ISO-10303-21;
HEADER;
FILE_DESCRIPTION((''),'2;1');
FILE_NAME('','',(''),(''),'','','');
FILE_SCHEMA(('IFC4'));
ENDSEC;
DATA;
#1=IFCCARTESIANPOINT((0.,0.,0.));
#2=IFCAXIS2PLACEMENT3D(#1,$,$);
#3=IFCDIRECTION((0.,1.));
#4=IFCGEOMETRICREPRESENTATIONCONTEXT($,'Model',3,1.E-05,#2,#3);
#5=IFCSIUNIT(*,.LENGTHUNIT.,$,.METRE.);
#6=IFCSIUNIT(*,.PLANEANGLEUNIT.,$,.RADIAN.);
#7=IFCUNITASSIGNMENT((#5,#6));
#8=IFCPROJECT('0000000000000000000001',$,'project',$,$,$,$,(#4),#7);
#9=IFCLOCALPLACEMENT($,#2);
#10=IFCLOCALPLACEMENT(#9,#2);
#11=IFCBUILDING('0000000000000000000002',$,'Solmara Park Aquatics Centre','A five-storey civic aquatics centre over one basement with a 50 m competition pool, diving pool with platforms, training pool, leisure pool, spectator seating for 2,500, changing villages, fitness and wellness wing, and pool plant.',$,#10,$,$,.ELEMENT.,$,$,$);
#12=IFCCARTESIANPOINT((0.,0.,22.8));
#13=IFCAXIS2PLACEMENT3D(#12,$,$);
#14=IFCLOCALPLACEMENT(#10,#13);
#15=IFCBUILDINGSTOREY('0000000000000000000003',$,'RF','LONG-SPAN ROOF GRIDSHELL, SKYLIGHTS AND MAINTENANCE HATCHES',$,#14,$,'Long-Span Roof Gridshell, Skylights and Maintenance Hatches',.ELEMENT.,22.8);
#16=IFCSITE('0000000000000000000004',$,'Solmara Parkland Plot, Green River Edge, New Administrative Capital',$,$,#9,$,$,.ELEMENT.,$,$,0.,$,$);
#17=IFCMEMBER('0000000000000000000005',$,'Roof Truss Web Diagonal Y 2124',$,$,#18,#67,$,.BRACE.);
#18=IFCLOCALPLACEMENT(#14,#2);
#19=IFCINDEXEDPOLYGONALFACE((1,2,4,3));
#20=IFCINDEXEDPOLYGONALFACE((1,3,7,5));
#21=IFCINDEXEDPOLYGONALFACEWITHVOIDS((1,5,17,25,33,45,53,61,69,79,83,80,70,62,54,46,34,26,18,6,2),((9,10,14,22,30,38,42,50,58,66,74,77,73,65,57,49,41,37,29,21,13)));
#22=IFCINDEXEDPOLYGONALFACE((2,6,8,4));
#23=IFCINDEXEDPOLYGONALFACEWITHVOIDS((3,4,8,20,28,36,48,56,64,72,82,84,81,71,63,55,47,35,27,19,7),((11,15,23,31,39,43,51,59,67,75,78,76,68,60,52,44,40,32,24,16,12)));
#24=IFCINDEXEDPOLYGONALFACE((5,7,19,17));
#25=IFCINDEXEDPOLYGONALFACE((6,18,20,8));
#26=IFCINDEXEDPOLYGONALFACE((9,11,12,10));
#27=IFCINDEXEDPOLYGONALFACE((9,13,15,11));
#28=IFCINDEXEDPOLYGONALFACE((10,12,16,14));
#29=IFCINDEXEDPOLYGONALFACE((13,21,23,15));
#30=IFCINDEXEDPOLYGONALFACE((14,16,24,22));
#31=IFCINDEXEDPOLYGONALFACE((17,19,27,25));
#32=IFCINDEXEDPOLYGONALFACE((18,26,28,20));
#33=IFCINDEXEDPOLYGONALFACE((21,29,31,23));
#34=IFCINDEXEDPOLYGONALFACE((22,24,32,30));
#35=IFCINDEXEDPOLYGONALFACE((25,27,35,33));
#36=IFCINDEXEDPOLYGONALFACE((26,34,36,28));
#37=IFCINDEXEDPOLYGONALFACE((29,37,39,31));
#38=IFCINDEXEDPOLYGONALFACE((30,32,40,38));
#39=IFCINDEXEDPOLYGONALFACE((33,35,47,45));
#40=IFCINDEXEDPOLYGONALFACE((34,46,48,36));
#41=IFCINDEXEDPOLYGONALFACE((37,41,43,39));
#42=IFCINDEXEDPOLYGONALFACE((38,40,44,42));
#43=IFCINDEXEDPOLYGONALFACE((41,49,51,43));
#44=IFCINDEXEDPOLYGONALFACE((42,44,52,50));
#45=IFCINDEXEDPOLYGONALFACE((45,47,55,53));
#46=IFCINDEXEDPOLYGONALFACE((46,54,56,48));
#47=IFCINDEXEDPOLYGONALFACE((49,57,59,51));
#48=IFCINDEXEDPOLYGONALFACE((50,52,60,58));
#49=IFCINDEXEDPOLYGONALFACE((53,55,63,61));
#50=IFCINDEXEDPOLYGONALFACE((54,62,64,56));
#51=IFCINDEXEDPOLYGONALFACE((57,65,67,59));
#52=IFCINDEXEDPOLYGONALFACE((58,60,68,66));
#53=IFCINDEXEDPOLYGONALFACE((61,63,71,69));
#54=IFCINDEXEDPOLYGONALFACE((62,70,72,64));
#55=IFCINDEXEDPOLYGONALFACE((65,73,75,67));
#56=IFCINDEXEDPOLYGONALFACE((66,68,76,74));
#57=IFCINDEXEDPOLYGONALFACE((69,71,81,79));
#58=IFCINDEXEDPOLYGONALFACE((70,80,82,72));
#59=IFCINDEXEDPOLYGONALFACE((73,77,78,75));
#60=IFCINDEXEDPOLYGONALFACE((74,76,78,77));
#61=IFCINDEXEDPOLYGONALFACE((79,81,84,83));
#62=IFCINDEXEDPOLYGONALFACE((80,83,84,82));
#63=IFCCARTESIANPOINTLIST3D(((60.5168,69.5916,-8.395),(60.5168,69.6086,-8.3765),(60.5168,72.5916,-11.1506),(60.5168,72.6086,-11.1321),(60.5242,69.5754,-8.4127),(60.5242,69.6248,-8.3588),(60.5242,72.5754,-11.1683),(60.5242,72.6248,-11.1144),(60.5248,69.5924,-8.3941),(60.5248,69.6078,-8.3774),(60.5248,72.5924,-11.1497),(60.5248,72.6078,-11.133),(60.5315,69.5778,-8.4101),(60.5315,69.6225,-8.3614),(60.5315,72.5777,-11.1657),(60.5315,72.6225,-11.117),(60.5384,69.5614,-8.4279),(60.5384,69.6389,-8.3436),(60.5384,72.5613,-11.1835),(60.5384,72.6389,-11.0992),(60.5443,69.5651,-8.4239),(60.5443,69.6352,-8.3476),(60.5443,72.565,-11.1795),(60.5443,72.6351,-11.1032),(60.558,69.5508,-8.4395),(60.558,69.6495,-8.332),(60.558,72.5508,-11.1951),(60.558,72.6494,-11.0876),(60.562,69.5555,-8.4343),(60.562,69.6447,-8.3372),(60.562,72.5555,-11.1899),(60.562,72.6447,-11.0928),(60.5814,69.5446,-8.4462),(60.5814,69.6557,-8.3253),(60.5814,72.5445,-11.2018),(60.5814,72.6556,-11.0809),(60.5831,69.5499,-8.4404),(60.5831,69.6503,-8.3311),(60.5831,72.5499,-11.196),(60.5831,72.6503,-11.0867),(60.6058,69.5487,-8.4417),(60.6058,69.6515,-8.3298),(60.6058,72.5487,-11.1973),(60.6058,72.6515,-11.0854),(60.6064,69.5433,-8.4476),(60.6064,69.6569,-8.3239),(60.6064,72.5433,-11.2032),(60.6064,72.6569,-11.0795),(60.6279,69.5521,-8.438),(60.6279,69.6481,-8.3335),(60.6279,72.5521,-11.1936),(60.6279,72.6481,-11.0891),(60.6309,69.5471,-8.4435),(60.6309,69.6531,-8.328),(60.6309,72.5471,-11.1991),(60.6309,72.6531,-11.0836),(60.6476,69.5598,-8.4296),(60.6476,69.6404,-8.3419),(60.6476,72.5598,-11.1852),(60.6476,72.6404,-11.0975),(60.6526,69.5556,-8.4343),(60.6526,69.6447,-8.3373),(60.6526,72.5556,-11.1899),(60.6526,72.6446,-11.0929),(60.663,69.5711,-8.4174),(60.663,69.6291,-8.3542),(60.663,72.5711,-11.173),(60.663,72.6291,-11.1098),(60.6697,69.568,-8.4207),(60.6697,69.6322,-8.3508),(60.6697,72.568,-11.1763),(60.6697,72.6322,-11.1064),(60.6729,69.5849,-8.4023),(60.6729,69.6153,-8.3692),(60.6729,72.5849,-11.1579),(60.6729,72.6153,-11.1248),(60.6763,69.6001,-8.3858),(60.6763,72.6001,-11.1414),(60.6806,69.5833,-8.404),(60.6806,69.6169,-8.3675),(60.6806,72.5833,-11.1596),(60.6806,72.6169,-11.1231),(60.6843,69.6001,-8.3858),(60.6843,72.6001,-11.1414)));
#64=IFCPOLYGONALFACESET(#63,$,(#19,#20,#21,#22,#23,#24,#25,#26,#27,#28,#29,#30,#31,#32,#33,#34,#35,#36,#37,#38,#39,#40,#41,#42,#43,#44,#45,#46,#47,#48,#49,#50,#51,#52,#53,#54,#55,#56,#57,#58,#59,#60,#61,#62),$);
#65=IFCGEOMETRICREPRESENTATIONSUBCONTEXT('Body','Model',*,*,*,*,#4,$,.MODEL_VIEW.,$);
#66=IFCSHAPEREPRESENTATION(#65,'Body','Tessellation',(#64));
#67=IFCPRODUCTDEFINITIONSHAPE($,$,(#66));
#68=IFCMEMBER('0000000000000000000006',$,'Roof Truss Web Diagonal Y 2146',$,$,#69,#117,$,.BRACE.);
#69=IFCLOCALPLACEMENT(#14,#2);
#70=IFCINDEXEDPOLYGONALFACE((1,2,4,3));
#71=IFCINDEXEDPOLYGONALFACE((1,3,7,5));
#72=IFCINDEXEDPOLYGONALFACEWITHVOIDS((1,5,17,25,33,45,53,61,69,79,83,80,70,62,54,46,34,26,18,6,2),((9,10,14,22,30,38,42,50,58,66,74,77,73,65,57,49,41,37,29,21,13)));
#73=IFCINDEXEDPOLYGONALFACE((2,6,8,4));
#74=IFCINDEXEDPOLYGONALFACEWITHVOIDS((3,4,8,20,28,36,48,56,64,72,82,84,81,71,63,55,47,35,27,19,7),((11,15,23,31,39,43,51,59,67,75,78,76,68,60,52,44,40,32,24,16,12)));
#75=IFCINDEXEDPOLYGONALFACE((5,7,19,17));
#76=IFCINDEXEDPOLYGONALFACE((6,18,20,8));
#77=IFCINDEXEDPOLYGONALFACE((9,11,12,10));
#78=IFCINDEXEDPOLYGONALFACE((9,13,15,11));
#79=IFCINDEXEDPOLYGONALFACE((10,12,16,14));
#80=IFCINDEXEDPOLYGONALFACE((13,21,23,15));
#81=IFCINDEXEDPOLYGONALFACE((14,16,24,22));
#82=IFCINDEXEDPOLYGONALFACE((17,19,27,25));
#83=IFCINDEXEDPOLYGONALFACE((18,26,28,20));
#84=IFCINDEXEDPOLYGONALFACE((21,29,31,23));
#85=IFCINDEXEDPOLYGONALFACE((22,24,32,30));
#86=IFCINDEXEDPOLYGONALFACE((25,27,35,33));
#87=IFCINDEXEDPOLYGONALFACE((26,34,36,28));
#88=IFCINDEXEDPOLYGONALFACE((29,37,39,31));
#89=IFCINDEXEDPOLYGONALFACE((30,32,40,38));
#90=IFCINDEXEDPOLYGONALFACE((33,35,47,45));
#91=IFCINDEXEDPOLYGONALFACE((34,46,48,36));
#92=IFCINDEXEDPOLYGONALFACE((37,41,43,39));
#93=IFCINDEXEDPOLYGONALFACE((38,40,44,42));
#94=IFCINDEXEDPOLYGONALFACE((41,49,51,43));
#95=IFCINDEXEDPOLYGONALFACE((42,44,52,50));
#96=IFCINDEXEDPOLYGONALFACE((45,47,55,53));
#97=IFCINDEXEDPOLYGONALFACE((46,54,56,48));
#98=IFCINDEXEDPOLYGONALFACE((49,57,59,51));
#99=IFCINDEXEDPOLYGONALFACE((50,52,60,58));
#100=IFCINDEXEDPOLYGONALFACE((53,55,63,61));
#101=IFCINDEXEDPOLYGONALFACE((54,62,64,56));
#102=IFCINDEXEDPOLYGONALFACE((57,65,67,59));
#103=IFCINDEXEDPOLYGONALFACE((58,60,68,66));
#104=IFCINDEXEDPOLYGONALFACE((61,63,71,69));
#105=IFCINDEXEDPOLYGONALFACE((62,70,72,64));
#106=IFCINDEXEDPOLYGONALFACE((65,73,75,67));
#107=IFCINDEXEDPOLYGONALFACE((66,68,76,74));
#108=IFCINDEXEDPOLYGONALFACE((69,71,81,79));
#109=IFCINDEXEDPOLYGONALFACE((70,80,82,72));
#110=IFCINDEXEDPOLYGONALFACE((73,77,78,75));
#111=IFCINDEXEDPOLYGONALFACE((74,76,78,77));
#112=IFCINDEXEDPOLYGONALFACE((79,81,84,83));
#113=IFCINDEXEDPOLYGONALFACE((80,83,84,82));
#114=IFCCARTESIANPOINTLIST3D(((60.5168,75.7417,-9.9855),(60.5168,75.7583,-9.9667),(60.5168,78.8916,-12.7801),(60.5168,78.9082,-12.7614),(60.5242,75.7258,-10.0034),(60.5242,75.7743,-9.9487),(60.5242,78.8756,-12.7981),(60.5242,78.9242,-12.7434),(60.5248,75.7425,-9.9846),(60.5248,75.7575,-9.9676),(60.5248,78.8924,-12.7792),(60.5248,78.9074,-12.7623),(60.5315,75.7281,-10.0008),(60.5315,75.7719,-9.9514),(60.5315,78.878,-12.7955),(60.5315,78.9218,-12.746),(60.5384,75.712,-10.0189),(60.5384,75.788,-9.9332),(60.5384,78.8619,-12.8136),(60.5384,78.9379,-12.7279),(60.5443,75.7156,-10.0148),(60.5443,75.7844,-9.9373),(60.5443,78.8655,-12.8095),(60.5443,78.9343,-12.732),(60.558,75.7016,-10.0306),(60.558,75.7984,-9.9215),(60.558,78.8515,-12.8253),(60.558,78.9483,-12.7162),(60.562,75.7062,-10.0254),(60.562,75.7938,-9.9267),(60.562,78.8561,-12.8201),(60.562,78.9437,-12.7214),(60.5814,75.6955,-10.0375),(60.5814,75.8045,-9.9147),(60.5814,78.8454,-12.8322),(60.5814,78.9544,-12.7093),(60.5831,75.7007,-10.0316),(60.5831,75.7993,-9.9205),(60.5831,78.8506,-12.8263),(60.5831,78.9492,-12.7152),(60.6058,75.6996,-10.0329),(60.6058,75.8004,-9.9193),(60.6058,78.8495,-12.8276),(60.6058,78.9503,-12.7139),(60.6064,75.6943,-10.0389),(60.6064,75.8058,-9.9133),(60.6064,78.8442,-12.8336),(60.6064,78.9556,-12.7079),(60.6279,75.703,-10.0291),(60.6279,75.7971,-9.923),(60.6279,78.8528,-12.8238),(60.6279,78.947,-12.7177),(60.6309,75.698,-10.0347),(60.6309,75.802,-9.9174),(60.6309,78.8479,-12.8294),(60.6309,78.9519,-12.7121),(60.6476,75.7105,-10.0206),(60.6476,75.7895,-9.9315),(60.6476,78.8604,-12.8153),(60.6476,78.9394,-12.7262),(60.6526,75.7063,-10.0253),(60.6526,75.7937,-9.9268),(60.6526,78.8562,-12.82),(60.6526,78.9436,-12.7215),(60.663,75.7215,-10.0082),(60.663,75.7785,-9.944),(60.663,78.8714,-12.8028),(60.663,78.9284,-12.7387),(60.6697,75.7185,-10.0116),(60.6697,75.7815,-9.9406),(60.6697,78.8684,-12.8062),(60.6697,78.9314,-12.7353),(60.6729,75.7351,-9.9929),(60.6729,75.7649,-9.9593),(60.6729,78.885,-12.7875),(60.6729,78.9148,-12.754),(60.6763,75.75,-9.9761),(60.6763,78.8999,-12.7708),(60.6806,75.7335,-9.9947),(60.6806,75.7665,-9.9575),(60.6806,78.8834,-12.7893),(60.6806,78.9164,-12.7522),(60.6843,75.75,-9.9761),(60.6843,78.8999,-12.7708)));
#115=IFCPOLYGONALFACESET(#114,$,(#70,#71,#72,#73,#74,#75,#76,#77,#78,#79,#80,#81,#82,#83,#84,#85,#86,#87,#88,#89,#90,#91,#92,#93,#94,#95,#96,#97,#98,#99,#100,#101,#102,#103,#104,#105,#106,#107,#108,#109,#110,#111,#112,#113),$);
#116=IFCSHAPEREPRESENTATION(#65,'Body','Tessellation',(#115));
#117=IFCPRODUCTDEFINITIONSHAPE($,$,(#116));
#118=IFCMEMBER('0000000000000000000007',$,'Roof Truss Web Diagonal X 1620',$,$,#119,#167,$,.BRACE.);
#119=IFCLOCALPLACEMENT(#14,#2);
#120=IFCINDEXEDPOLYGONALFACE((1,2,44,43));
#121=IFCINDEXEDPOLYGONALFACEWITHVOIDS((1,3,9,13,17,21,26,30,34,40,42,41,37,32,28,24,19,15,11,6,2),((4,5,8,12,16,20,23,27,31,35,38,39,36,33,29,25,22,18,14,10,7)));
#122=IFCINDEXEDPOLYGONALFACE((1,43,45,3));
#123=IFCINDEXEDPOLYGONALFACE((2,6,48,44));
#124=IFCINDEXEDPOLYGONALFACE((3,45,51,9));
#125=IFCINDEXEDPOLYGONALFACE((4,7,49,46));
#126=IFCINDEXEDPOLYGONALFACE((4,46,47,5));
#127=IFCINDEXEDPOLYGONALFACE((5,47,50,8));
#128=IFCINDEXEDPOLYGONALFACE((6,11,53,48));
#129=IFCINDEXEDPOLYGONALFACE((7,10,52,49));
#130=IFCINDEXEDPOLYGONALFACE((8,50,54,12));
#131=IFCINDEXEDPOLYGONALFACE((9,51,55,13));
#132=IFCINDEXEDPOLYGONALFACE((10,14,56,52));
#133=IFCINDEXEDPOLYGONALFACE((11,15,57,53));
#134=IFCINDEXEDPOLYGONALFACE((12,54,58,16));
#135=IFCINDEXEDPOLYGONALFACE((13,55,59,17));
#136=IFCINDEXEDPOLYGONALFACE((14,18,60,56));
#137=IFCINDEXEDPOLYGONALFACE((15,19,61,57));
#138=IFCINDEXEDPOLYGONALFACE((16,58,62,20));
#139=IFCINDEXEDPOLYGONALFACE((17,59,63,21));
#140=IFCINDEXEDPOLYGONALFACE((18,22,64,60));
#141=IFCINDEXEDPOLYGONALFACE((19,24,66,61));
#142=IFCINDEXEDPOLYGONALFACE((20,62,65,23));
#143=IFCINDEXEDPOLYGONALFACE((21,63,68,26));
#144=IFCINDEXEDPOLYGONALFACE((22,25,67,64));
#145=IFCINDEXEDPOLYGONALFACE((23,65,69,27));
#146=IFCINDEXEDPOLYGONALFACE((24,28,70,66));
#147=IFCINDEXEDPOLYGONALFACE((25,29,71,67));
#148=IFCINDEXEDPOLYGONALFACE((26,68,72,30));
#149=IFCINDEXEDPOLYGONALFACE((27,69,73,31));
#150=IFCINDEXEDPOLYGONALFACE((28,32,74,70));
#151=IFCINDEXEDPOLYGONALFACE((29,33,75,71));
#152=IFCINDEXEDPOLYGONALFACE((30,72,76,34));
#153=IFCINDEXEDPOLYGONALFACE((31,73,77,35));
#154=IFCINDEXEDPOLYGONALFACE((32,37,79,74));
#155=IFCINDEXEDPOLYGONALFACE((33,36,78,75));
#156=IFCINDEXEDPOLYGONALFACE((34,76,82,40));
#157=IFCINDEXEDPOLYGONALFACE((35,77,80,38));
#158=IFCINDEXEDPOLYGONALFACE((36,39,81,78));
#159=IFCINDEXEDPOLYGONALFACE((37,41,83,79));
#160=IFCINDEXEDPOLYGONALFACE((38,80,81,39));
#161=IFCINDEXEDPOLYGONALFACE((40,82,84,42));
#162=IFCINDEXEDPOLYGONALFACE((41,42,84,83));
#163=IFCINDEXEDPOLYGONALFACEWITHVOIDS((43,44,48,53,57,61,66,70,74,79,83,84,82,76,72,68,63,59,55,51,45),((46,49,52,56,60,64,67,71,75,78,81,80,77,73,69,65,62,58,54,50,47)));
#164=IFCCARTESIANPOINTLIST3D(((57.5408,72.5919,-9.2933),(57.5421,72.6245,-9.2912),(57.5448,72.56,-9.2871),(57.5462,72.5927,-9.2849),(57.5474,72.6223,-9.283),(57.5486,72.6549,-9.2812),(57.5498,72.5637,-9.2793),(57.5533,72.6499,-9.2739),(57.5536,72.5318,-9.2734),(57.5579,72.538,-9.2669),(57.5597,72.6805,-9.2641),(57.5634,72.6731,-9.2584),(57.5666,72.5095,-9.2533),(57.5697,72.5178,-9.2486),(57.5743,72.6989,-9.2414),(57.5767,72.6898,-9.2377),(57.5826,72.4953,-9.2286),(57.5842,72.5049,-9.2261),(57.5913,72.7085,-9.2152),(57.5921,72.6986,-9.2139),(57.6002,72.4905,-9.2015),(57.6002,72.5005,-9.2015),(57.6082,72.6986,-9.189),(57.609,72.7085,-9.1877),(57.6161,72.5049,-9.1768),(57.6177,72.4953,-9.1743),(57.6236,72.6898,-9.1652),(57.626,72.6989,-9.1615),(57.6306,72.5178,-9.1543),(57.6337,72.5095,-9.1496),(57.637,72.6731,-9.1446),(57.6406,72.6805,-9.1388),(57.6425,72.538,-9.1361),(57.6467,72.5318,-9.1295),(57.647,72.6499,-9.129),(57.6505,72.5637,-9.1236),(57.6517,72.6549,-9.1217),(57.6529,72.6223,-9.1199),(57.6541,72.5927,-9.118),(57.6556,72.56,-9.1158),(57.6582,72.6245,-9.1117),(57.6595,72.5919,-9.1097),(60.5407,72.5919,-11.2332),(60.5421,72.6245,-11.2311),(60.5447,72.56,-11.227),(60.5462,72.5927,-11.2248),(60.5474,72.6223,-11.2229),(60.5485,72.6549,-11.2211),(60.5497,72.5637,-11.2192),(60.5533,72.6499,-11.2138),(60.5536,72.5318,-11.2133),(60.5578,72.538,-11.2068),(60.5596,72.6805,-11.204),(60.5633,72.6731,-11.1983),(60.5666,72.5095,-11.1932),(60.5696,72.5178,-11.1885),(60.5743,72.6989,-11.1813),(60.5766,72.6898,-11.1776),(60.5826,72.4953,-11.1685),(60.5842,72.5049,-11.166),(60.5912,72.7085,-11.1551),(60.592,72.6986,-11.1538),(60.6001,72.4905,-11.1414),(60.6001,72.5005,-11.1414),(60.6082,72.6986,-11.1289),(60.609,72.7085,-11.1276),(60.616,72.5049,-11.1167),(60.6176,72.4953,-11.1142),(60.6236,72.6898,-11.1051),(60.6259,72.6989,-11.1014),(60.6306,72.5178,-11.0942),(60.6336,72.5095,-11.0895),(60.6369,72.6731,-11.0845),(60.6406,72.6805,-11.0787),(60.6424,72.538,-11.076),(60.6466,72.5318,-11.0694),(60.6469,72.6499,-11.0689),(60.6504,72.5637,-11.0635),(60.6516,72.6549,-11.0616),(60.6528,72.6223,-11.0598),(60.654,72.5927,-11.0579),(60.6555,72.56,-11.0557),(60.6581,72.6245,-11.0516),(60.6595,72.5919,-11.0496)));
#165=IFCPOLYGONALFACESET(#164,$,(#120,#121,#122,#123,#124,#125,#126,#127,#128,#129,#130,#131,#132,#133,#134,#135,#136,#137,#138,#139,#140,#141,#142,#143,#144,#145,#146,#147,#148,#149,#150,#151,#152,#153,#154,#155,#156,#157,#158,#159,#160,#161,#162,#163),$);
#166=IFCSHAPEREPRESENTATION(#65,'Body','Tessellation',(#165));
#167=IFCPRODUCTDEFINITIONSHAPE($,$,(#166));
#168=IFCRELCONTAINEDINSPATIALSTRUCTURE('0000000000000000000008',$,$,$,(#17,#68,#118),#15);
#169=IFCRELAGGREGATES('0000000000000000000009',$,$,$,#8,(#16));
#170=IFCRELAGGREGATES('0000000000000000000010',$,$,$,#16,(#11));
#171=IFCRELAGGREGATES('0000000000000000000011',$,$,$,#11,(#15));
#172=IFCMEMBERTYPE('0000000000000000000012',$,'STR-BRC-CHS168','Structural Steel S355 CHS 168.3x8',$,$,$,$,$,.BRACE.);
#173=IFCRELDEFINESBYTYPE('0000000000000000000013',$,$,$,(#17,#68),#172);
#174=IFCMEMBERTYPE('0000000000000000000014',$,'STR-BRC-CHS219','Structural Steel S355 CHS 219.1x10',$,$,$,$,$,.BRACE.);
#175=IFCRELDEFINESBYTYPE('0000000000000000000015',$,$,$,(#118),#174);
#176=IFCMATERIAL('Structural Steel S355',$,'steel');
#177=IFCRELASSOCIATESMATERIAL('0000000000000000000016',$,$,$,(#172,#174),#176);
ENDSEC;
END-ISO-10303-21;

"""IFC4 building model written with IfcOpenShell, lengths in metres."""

from ifc_helpers import new_model, si_unit, direction, frame, origin, origin_2d, place, context, subcontext, project, spatial, hollow_circle, extrude, material, material_profile, profile_set, type_object, element, save


model = new_model("IFC4")

# Units and contexts
model_context = context("Model", 3, precision=1e-05, world=origin(), true_north=direction((0.0, 1.0)))
body_context = subcontext(model_context, "Body", "Model", "MODEL_VIEW")
ifc_project = project(units=[si_unit("LENGTHUNIT", "METRE"), si_unit("PLANEANGLEUNIT", "RADIAN")], contexts=[model_context])

# Site, building, storey
site_placement = place(None, origin())
site = spatial("IfcSite", under=ifc_project, at=site_placement, Name="Solmara Parkland Plot, Green River Edge, New Administrative Capital", CompositionType="ELEMENT", RefElevation=0.0)
building_placement = place(site_placement, origin())
building = spatial("IfcBuilding", under=site, at=building_placement, Name="Solmara Park Aquatics Centre", Description="A five-storey civic aquatics centre over one basement with a 50 m competition pool, diving pool with platforms, training pool, leisure pool, spectator seating for 2,500, changing villages, fitness and wellness wing, and pool plant.", CompositionType="ELEMENT")
storey_placement = place(building_placement, frame((0.0, 0.0, 22.8)))
storey = spatial("IfcBuildingStorey", under=building, at=storey_placement, Name="RF", Description="LONG-SPAN ROOF GRIDSHELL, SKYLIGHTS AND MAINTENANCE HATCHES", LongName="Long-Span Roof Gridshell, Skylights and Maintenance Hatches", CompositionType="ELEMENT", Elevation=22.8)

# Members
ifc_material_1 = material(Name="Structural Steel S355", Category="steel")
ifc_material_profile_1 = material_profile(ifc_material_1, hollow_circle(Radius=0.0842, WallThickness=0.0081, at=origin_2d()), Name="CHS 168.3x8")
ifc_profile_set_1 = profile_set([ifc_material_profile_1], Name="Structural Steel S355")
member_type_1 = type_object("IfcMemberType", Name="STR-BRC-CHS168", Description="Structural Steel S355 CHS 168.3x8", PredefinedType="BRACE", material=ifc_profile_set_1)
member_1_placement = place(storey_placement, frame((60.6001, 72.6001, -11.1414), z_axis=(0.0, -0.736467, 0.676473), x_axis=(1.0, 0.0, 0.0)))
element("IfcMember", 1, at=member_1_placement, inside=storey, type_object=member_type_1, Name="Roof Truss Web Diagonal Y 2124", PredefinedType="BRACE", context=body_context, shape_type="SweptSolid", body=[
    extrude(hollow_circle(Radius=0.0842, WallThickness=0.0081, at=origin_2d()), origin(), (0.0, 0.0, 1.0), 4.0735),
])
member_2_placement = place(storey_placement, frame((60.6001, 78.8999, -12.7708), z_axis=(0.0, -0.748026, 0.663669), x_axis=(1.0, 0.0, 0.0)))
element("IfcMember", 2, at=member_2_placement, inside=storey, type_object=member_type_1, Name="Roof Truss Web Diagonal Y 2146", PredefinedType="BRACE", context=body_context, shape_type="SweptSolid", body=[
    extrude(hollow_circle(Radius=0.0842, WallThickness=0.0081, at=origin_2d()), origin(), (0.0, 0.0, 1.0), 4.2109),
])
ifc_material_profile_2 = material_profile(ifc_material_1, hollow_circle(Radius=0.1096, WallThickness=0.01, at=origin_2d()), Name="CHS 219.1x10")
ifc_profile_set_2 = profile_set([ifc_material_profile_2], Name="Structural Steel S355")
member_type_2 = type_object("IfcMemberType", Name="STR-BRC-CHS219", Description="Structural Steel S355 CHS 219.1x10", PredefinedType="BRACE", material=ifc_profile_set_2)
for number, where, z_axis, x_axis, name in (
    (3, (60.6001, 72.6001, -11.1414), (-0.839728, 0.0, 0.543008), (0.0, -1.0, 0.0), "Roof Truss Web Diagonal X 1620"),
):
    element("IfcMember", number, at=place(storey_placement, frame(where, z_axis=z_axis, x_axis=x_axis)), inside=storey, type_object=member_type_2, Name=name, PredefinedType="BRACE", context=body_context, shape_type="SweptSolid", body=[
        extrude(hollow_circle(Radius=0.1096, WallThickness=0.01, at=origin_2d()), origin(), (0.0, 0.0, 1.0), 3.5725),
    ])

save(model, "model.ifc")
